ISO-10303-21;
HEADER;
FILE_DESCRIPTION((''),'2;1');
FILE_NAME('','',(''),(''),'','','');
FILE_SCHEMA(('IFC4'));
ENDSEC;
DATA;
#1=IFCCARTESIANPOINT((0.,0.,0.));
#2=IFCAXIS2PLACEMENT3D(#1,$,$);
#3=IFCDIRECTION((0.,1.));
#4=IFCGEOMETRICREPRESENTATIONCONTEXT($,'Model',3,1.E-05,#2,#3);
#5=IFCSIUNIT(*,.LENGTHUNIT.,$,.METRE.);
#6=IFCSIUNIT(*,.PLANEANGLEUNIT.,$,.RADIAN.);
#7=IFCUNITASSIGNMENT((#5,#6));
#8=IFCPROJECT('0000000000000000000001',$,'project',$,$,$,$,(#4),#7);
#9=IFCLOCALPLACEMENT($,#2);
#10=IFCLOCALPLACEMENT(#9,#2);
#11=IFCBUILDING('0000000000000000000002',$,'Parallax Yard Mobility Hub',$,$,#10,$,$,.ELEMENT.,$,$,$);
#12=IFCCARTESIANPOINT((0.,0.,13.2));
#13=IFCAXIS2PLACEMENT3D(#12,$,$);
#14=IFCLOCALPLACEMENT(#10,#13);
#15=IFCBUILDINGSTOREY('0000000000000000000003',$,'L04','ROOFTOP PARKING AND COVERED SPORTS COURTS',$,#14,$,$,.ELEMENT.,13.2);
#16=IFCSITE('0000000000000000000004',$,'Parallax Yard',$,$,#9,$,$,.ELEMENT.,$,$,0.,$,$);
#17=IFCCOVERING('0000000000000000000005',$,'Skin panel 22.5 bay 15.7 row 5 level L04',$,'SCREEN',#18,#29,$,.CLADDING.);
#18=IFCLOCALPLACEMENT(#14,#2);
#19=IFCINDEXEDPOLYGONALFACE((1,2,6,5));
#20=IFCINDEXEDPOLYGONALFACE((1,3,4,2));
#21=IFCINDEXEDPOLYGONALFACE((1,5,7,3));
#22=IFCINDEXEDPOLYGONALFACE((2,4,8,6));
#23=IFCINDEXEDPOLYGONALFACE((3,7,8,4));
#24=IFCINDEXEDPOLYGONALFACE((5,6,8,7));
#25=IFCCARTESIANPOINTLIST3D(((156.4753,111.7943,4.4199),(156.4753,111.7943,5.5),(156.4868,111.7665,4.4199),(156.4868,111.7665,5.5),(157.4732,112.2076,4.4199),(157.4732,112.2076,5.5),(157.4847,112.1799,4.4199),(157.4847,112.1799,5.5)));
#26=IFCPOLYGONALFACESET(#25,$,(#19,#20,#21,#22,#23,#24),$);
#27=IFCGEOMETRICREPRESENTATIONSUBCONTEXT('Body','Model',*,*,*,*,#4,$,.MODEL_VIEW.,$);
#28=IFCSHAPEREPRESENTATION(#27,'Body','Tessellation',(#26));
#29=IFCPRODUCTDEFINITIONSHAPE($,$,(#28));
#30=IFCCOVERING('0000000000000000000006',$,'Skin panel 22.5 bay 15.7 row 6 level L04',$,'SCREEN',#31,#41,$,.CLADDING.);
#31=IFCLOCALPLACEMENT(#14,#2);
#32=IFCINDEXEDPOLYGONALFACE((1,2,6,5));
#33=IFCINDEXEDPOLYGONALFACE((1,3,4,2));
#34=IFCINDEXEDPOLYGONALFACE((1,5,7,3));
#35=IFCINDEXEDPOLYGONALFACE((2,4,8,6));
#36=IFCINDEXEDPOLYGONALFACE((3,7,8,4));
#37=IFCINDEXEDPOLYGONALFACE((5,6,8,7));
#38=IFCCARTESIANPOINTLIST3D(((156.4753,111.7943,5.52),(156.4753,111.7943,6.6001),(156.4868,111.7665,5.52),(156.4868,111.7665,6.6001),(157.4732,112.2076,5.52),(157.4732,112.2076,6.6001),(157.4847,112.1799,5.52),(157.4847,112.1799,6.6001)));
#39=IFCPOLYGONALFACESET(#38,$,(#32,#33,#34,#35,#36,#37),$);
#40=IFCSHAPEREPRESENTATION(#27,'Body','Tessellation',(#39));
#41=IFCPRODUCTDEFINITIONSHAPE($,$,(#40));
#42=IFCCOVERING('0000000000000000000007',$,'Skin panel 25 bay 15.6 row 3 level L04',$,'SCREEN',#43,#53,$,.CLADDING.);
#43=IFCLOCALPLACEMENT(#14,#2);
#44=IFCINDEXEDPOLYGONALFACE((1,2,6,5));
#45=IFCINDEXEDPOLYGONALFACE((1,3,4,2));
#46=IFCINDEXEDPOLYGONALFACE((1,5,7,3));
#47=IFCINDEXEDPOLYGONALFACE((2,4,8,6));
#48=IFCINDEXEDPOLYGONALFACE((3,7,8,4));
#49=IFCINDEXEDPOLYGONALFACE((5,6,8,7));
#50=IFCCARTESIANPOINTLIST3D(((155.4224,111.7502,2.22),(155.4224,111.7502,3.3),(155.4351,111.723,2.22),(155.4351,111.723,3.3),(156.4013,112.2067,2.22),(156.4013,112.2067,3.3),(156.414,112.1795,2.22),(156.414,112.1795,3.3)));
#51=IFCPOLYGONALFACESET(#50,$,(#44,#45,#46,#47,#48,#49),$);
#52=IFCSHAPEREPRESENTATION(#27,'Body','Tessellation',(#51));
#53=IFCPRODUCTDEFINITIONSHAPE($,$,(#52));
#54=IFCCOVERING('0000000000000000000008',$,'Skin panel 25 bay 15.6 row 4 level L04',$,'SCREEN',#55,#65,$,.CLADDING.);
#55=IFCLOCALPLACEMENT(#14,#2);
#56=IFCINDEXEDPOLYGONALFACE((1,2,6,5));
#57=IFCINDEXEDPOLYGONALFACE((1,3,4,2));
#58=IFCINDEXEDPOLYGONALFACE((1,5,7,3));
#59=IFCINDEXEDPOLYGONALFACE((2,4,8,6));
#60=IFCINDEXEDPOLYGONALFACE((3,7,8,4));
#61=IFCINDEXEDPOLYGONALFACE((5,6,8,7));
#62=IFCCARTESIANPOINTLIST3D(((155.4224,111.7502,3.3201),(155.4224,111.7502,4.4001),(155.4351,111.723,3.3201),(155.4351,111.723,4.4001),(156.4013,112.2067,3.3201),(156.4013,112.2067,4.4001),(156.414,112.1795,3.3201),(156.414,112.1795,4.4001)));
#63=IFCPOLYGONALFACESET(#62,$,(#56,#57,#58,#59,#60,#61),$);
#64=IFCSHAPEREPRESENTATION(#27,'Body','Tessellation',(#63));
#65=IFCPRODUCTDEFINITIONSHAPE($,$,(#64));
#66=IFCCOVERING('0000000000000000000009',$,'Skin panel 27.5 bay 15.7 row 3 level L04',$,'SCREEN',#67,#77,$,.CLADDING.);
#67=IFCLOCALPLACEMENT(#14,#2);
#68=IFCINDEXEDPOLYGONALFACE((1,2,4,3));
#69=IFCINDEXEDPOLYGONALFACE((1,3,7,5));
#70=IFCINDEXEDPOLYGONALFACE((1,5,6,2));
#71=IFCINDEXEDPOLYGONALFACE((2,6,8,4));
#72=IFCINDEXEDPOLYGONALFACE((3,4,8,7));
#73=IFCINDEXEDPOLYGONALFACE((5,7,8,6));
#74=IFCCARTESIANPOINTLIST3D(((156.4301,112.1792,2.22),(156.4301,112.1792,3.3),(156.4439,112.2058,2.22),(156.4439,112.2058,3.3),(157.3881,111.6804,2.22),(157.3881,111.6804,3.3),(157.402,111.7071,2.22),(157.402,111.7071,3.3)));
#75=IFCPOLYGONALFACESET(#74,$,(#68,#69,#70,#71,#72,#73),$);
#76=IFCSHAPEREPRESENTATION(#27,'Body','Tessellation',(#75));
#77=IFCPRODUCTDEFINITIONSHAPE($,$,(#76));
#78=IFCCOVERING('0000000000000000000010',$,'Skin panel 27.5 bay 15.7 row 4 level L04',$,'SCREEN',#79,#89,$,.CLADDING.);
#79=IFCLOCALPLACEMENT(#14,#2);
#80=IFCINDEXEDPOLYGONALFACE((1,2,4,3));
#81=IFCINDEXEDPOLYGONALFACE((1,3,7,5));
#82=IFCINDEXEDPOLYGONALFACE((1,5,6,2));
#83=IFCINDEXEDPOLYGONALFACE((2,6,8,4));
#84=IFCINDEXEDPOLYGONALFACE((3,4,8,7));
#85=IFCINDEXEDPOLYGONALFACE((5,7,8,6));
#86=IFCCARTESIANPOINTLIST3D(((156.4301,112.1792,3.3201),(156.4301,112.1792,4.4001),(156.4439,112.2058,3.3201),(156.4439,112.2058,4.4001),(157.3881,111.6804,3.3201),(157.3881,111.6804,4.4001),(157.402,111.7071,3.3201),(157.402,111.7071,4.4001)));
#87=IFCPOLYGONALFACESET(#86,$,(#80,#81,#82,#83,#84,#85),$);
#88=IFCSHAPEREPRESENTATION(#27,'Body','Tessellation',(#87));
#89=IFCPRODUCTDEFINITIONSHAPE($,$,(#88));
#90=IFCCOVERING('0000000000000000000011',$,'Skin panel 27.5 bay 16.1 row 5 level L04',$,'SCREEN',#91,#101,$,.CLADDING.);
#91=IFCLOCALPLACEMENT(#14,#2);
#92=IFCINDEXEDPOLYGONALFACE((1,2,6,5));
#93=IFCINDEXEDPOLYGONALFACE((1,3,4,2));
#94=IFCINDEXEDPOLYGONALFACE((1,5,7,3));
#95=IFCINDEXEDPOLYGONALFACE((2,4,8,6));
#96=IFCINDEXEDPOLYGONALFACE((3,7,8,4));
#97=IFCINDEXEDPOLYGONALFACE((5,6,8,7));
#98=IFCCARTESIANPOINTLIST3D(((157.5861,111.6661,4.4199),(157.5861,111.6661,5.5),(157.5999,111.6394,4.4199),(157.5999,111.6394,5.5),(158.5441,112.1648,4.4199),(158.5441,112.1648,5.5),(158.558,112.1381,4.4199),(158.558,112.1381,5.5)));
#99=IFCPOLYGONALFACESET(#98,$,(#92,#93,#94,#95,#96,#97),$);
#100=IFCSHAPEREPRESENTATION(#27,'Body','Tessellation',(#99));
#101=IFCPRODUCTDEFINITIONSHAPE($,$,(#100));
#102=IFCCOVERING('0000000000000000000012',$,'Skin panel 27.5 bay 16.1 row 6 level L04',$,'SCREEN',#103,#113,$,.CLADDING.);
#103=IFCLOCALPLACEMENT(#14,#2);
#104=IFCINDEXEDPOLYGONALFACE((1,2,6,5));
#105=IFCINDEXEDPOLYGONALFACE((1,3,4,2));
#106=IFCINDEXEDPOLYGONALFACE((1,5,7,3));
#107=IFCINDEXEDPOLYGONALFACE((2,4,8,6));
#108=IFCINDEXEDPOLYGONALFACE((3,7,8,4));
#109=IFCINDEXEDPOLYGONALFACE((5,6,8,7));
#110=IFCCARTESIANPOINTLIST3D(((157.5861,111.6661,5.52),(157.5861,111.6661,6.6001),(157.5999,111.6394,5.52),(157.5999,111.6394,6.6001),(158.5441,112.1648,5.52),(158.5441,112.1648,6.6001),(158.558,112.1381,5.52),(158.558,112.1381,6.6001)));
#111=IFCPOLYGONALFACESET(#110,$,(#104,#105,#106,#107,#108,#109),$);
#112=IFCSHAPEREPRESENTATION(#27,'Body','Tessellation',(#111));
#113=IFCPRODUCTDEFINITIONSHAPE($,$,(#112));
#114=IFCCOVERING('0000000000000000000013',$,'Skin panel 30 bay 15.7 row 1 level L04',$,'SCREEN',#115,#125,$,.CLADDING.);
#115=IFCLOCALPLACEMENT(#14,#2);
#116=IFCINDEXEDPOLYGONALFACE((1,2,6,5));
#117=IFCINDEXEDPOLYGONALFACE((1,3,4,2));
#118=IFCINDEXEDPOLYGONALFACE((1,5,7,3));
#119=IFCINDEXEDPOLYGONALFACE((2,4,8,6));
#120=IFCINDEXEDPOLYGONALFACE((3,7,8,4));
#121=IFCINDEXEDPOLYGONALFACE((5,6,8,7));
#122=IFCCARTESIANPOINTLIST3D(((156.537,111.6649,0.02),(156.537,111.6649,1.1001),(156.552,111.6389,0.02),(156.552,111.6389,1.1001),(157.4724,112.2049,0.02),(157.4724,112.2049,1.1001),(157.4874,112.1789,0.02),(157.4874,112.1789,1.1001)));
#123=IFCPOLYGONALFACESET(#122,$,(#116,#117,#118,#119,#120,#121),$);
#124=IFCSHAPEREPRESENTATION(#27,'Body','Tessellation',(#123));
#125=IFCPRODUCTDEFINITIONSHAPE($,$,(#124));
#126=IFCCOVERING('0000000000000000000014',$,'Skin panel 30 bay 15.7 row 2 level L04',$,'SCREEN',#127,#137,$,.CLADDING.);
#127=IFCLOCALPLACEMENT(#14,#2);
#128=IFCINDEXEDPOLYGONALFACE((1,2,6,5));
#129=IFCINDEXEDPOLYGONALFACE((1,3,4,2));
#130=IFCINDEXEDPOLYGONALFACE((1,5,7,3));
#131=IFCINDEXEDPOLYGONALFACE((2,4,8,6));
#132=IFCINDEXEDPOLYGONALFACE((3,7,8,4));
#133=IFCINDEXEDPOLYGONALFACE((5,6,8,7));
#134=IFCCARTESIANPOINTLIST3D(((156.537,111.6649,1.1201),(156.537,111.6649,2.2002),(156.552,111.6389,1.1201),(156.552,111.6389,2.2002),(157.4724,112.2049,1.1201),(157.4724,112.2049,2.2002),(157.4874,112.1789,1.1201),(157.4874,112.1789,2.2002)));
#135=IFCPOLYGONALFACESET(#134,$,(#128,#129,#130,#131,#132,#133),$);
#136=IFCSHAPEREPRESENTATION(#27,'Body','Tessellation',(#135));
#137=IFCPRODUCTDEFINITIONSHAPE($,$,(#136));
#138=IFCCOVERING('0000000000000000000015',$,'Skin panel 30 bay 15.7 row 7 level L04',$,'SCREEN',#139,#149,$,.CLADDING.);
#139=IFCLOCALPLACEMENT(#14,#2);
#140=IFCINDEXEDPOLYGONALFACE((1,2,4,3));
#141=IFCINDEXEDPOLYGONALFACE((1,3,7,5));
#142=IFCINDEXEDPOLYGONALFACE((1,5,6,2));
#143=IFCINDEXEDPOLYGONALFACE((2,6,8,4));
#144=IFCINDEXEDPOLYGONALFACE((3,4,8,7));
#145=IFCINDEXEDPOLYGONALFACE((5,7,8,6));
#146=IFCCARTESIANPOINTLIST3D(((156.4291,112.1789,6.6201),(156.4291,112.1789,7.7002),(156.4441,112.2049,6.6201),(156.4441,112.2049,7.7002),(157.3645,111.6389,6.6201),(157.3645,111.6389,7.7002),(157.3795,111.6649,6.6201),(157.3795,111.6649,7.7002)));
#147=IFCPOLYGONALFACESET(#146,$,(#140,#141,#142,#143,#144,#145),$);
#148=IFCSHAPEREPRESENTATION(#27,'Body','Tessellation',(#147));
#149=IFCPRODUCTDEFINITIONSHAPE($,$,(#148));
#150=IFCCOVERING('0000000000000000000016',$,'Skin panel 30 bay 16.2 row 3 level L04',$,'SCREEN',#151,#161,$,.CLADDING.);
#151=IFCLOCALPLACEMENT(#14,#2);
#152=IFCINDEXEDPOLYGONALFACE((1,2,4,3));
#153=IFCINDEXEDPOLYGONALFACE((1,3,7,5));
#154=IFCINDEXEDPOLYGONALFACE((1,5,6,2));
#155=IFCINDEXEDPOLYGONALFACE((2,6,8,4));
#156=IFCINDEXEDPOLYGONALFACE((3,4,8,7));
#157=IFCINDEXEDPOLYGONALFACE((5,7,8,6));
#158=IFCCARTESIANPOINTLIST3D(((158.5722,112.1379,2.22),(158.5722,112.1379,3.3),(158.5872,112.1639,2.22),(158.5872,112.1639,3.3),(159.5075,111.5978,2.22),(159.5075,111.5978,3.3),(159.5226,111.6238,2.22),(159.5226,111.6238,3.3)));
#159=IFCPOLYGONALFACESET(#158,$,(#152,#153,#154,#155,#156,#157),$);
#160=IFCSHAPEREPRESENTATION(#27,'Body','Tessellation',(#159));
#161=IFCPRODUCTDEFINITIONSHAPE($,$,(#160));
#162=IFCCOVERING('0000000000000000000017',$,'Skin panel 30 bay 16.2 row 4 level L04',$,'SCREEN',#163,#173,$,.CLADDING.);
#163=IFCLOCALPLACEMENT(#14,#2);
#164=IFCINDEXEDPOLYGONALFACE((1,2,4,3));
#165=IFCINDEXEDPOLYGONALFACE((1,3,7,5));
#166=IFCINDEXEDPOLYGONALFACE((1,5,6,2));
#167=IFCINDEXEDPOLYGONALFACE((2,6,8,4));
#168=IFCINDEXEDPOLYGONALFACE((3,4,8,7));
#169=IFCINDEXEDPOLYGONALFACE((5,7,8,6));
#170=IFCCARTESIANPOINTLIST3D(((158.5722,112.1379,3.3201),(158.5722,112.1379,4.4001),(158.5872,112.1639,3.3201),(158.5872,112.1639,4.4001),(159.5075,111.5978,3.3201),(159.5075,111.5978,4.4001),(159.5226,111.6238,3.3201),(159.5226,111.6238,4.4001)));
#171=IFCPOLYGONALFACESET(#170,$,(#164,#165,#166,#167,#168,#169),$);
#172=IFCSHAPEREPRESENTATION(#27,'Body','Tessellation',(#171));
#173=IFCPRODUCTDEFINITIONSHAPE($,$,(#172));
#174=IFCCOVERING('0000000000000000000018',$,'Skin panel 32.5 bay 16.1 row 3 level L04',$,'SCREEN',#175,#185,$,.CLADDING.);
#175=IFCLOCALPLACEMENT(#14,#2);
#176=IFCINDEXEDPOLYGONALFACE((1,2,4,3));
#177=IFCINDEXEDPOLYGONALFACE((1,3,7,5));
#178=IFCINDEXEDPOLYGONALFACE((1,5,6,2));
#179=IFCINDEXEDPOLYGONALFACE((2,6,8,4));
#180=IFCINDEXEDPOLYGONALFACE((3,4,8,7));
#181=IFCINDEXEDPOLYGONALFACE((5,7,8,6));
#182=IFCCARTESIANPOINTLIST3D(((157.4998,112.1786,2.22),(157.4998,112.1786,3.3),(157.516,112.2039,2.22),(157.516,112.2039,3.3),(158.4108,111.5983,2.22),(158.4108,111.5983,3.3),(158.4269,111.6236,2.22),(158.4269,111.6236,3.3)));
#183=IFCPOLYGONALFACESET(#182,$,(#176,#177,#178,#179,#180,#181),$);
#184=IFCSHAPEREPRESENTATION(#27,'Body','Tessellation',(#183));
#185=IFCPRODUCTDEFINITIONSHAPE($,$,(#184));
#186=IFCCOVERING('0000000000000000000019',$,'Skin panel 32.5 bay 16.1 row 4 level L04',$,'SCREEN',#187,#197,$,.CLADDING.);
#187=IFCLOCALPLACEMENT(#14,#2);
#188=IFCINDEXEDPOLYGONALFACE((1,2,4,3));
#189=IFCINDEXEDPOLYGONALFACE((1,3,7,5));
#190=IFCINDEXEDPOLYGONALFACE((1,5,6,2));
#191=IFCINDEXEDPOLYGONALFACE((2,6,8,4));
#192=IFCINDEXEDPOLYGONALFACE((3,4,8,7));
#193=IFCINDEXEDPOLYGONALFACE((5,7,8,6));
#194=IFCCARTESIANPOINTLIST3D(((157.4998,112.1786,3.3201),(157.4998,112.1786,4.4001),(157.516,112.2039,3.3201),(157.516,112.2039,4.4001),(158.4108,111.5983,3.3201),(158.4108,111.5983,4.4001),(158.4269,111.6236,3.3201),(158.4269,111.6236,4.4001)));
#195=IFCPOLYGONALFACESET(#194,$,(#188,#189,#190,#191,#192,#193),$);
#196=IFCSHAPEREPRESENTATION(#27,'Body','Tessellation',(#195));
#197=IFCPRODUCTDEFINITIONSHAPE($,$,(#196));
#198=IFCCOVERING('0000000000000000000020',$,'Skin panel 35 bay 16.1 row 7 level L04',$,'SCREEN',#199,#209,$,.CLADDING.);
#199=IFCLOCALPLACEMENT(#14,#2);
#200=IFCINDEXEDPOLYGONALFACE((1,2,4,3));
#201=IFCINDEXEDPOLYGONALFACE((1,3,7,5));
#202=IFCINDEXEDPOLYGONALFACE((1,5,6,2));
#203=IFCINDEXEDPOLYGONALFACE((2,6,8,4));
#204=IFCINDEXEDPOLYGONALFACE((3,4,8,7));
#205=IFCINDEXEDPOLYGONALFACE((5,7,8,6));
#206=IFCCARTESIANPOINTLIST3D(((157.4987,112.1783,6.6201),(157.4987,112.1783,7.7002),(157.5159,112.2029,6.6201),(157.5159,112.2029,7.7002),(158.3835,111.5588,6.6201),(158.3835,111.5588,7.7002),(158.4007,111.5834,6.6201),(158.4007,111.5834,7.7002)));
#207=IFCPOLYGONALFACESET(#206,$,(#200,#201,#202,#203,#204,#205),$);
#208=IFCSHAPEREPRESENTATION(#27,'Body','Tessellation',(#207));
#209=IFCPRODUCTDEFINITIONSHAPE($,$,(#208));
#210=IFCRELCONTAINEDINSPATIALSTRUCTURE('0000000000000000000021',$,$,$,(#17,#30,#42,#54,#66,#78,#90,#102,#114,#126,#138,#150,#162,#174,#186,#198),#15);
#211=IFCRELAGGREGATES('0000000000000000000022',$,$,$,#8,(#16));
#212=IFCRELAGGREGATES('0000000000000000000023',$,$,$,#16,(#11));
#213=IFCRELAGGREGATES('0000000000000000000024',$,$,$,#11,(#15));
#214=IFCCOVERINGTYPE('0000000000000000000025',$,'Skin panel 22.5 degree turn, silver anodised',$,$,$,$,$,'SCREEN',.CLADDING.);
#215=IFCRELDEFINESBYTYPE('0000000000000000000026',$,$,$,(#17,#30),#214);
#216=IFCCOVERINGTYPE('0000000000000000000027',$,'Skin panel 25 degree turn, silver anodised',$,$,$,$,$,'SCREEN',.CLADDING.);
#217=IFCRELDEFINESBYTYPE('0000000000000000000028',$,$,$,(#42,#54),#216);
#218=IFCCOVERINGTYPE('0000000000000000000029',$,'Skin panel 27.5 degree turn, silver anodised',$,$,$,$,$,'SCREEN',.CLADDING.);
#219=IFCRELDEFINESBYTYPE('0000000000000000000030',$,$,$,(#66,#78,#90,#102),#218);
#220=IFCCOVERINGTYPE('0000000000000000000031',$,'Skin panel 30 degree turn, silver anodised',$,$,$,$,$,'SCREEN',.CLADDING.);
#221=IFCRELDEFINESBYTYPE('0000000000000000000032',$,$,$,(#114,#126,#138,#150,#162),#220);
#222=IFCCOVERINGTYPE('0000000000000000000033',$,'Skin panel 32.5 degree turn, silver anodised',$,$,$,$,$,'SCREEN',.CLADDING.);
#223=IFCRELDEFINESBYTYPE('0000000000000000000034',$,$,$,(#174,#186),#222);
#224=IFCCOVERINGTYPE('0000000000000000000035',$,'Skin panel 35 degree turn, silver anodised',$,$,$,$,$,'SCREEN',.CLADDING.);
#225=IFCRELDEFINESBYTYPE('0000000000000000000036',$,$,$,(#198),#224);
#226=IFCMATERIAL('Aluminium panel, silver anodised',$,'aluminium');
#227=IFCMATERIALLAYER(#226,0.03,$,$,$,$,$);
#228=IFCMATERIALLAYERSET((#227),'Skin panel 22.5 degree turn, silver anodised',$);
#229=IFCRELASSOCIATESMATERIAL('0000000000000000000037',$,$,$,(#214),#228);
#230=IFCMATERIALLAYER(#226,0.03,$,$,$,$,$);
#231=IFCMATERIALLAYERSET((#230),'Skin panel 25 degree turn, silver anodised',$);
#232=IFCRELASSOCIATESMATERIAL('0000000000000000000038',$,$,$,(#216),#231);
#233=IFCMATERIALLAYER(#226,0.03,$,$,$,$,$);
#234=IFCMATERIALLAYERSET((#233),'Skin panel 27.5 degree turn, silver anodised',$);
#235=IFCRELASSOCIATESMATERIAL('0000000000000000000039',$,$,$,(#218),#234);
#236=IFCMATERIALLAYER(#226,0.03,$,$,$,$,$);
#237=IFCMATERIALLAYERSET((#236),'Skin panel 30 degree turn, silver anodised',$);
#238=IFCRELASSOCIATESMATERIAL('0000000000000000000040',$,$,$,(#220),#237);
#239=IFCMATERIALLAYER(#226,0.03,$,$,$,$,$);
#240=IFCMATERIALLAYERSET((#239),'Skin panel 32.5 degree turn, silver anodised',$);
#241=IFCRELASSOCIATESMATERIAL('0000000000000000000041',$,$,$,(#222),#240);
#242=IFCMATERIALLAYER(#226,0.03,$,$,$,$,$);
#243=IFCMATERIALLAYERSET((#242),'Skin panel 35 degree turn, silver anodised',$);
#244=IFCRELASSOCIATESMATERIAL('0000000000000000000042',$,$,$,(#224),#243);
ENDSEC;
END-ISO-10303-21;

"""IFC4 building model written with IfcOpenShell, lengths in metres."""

from ifc_helpers import new_model, si_unit, direction, frame, origin, origin_2d, place, context, subcontext, project, spatial, rectangle, extrude, material, layer, layer_set, type_object, element, save


model = new_model("IFC4")

# Units and contexts
model_context = context("Model", 3, precision=1e-05, world=origin(), true_north=direction((0.0, 1.0)))
body_context = subcontext(model_context, "Body", "Model", "MODEL_VIEW")
ifc_project = project(units=[si_unit("LENGTHUNIT", "METRE"), si_unit("PLANEANGLEUNIT", "RADIAN")], contexts=[model_context])

# Site, building, storey
site_placement = place(None, origin())
site = spatial("IfcSite", under=ifc_project, at=site_placement, Name="Parallax Yard", CompositionType="ELEMENT", RefElevation=0.0)
building_placement = place(site_placement, origin())
building = spatial("IfcBuilding", under=site, at=building_placement, Name="Parallax Yard Mobility Hub", CompositionType="ELEMENT")
storey_placement = place(building_placement, frame((0.0, 0.0, 13.2)))
storey = spatial("IfcBuildingStorey", under=building, at=storey_placement, Name="L04", Description="ROOFTOP PARKING AND COVERED SPORTS COURTS", CompositionType="ELEMENT", Elevation=13.2)

# Coverings
ifc_material_1 = material(Name="Aluminium panel, silver anodised", Category="aluminium")
ifc_layer_1 = layer(ifc_material_1, 0.03)
ifc_layer_set_1 = layer_set([ifc_layer_1], Name="Skin panel 22.5 degree turn, silver anodised")
covering_type_1 = type_object("IfcCoveringType", Name="Skin panel 22.5 degree turn, silver anodised", ElementType="SCREEN", PredefinedType="CLADDING", material=ifc_layer_set_1)
for number, where, z_axis, x_axis, name in (
    (1, (156.98, 111.9871, 4.4199), (0.0, 0.0, 1.0), (-0.92388, -0.382683, 0.0), "Skin panel 22.5 bay 15.7 row 5 level L04"),
    (2, (156.98, 111.9871, 5.52), (0.0, 0.0, 1.0), (-0.92388, -0.382683, 0.0), "Skin panel 22.5 bay 15.7 row 6 level L04"),
):
    element("IfcCovering", number, at=place(storey_placement, frame(where, z_axis=z_axis, x_axis=x_axis)), inside=storey, type_object=covering_type_1, Name=name, ObjectType="SCREEN", PredefinedType="CLADDING", context=body_context, shape_type="SweptSolid", body=[
        extrude(rectangle(XDim=1.0801, YDim=0.03, at=origin_2d()), origin(), (0.0, 0.0, 1.0), 1.0801),
    ])
ifc_layer_2 = layer(ifc_material_1, 0.03)
ifc_layer_set_2 = layer_set([ifc_layer_2], Name="Skin panel 25 degree turn, silver anodised")
covering_type_2 = type_object("IfcCoveringType", Name="Skin panel 25 degree turn, silver anodised", ElementType="SCREEN", PredefinedType="CLADDING", material=ifc_layer_set_2)
for number, where, z_axis, x_axis, name in (
    (3, (155.9182, 111.9648, 2.22), (0.0, 0.0, 1.0), (-0.906308, -0.422618, 0.0), "Skin panel 25 bay 15.6 row 3 level L04"),
    (4, (155.9182, 111.9648, 3.3201), (0.0, 0.0, 1.0), (-0.906308, -0.422618, 0.0), "Skin panel 25 bay 15.6 row 4 level L04"),
):
    element("IfcCovering", number, at=place(storey_placement, frame(where, z_axis=z_axis, x_axis=x_axis)), inside=storey, type_object=covering_type_2, Name=name, ObjectType="SCREEN", PredefinedType="CLADDING", context=body_context, shape_type="SweptSolid", body=[
        extrude(rectangle(XDim=1.0801, YDim=0.03, at=origin_2d()), origin(), (0.0, 0.0, 1.0), 1.0801),
    ])
ifc_layer_3 = layer(ifc_material_1, 0.03)
ifc_layer_set_3 = layer_set([ifc_layer_3], Name="Skin panel 27.5 degree turn, silver anodised")
covering_type_3 = type_object("IfcCoveringType", Name="Skin panel 27.5 degree turn, silver anodised", ElementType="SCREEN", PredefinedType="CLADDING", material=ifc_layer_set_3)
for number, where, z_axis, x_axis, name in (
    (5, (156.916, 111.9431, 2.22), (0.0, 0.0, 1.0), (0.887011, -0.461749, 0.0), "Skin panel 27.5 bay 15.7 row 3 level L04"),
    (6, (156.916, 111.9431, 3.3201), (0.0, 0.0, 1.0), (0.887011, -0.461749, 0.0), "Skin panel 27.5 bay 15.7 row 4 level L04"),
    (7, (158.072, 111.9021, 4.4199), (0.0, 0.0, 1.0), (-0.887011, -0.461749, 0.0), "Skin panel 27.5 bay 16.1 row 5 level L04"),
    (8, (158.072, 111.9021, 5.52), (0.0, 0.0, 1.0), (-0.887011, -0.461749, 0.0), "Skin panel 27.5 bay 16.1 row 6 level L04"),
):
    element("IfcCovering", number, at=place(storey_placement, frame(where, z_axis=z_axis, x_axis=x_axis)), inside=storey, type_object=covering_type_3, Name=name, ObjectType="SCREEN", PredefinedType="CLADDING", context=body_context, shape_type="SweptSolid", body=[
        extrude(rectangle(XDim=1.0801, YDim=0.03, at=origin_2d()), origin(), (0.0, 0.0, 1.0), 1.0801),
    ])
ifc_layer_4 = layer(ifc_material_1, 0.03)
ifc_layer_set_4 = layer_set([ifc_layer_4], Name="Skin panel 30 degree turn, silver anodised")
covering_type_4 = type_object("IfcCoveringType", Name="Skin panel 30 degree turn, silver anodised", ElementType="SCREEN", PredefinedType="CLADDING", material=ifc_layer_set_4)
for number, where, z_axis, x_axis, name in (
    (9, (157.0122, 111.9219, 0.02), (0.0, 0.0, 1.0), (-0.866025, -0.5, 0.0), "Skin panel 30 bay 15.7 row 1 level L04"),
    (10, (157.0122, 111.9219, 1.1201), (0.0, 0.0, 1.0), (-0.866025, -0.5, 0.0), "Skin panel 30 bay 15.7 row 2 level L04"),
    (11, (156.9043, 111.9219, 6.6201), (0.0, 0.0, 1.0), (0.866025, -0.5, 0.0), "Skin panel 30 bay 15.7 row 7 level L04"),
    (12, (159.0474, 111.8809, 2.22), (0.0, 0.0, 1.0), (0.866025, -0.5, 0.0), "Skin panel 30 bay 16.2 row 3 level L04"),
    (13, (159.0474, 111.8809, 3.3201), (0.0, 0.0, 1.0), (0.866025, -0.5, 0.0), "Skin panel 30 bay 16.2 row 4 level L04"),
):
    element("IfcCovering", number, at=place(storey_placement, frame(where, z_axis=z_axis, x_axis=x_axis)), inside=storey, type_object=covering_type_4, Name=name, ObjectType="SCREEN", PredefinedType="CLADDING", context=body_context, shape_type="SweptSolid", body=[
        extrude(rectangle(XDim=1.0801, YDim=0.03, at=origin_2d()), origin(), (0.0, 0.0, 1.0), 1.0801),
    ])
ifc_layer_5 = layer(ifc_material_1, 0.03)
ifc_layer_set_5 = layer_set([ifc_layer_5], Name="Skin panel 32.5 degree turn, silver anodised")
covering_type_5 = type_object("IfcCoveringType", Name="Skin panel 32.5 degree turn, silver anodised", ElementType="SCREEN", PredefinedType="CLADDING", material=ifc_layer_set_5)
for number, where, z_axis, x_axis, name in (
    (14, (157.9634, 111.9011, 2.22), (0.0, 0.0, 1.0), (0.843391, -0.5373, 0.0), "Skin panel 32.5 bay 16.1 row 3 level L04"),
    (15, (157.9634, 111.9011, 3.3201), (0.0, 0.0, 1.0), (0.843391, -0.5373, 0.0), "Skin panel 32.5 bay 16.1 row 4 level L04"),
):
    element("IfcCovering", number, at=place(storey_placement, frame(where, z_axis=z_axis, x_axis=x_axis)), inside=storey, type_object=covering_type_5, Name=name, ObjectType="SCREEN", PredefinedType="CLADDING", context=body_context, shape_type="SweptSolid", body=[
        extrude(rectangle(XDim=1.0801, YDim=0.03, at=origin_2d()), origin(), (0.0, 0.0, 1.0), 1.0801),
    ])
ifc_layer_6 = layer(ifc_material_1, 0.03)
ifc_layer_set_6 = layer_set([ifc_layer_6], Name="Skin panel 35 degree turn, silver anodised")
covering_type_6 = type_object("IfcCoveringType", Name="Skin panel 35 degree turn, silver anodised", ElementType="SCREEN", PredefinedType="CLADDING", material=ifc_layer_set_6)
covering_placement = place(storey_placement, frame((157.9497, 111.8809, 6.6201), z_axis=(0.0, 0.0, 1.0), x_axis=(0.819152, -0.573576, 0.0)))
element("IfcCovering", 16, at=covering_placement, inside=storey, type_object=covering_type_6, Name="Skin panel 35 bay 16.1 row 7 level L04", ObjectType="SCREEN", PredefinedType="CLADDING", context=body_context, shape_type="SweptSolid", body=[
    extrude(rectangle(XDim=1.0801, YDim=0.03, at=origin_2d()), origin(), (0.0, 0.0, 1.0), 1.0801),
])

save(model, "model.ifc")
